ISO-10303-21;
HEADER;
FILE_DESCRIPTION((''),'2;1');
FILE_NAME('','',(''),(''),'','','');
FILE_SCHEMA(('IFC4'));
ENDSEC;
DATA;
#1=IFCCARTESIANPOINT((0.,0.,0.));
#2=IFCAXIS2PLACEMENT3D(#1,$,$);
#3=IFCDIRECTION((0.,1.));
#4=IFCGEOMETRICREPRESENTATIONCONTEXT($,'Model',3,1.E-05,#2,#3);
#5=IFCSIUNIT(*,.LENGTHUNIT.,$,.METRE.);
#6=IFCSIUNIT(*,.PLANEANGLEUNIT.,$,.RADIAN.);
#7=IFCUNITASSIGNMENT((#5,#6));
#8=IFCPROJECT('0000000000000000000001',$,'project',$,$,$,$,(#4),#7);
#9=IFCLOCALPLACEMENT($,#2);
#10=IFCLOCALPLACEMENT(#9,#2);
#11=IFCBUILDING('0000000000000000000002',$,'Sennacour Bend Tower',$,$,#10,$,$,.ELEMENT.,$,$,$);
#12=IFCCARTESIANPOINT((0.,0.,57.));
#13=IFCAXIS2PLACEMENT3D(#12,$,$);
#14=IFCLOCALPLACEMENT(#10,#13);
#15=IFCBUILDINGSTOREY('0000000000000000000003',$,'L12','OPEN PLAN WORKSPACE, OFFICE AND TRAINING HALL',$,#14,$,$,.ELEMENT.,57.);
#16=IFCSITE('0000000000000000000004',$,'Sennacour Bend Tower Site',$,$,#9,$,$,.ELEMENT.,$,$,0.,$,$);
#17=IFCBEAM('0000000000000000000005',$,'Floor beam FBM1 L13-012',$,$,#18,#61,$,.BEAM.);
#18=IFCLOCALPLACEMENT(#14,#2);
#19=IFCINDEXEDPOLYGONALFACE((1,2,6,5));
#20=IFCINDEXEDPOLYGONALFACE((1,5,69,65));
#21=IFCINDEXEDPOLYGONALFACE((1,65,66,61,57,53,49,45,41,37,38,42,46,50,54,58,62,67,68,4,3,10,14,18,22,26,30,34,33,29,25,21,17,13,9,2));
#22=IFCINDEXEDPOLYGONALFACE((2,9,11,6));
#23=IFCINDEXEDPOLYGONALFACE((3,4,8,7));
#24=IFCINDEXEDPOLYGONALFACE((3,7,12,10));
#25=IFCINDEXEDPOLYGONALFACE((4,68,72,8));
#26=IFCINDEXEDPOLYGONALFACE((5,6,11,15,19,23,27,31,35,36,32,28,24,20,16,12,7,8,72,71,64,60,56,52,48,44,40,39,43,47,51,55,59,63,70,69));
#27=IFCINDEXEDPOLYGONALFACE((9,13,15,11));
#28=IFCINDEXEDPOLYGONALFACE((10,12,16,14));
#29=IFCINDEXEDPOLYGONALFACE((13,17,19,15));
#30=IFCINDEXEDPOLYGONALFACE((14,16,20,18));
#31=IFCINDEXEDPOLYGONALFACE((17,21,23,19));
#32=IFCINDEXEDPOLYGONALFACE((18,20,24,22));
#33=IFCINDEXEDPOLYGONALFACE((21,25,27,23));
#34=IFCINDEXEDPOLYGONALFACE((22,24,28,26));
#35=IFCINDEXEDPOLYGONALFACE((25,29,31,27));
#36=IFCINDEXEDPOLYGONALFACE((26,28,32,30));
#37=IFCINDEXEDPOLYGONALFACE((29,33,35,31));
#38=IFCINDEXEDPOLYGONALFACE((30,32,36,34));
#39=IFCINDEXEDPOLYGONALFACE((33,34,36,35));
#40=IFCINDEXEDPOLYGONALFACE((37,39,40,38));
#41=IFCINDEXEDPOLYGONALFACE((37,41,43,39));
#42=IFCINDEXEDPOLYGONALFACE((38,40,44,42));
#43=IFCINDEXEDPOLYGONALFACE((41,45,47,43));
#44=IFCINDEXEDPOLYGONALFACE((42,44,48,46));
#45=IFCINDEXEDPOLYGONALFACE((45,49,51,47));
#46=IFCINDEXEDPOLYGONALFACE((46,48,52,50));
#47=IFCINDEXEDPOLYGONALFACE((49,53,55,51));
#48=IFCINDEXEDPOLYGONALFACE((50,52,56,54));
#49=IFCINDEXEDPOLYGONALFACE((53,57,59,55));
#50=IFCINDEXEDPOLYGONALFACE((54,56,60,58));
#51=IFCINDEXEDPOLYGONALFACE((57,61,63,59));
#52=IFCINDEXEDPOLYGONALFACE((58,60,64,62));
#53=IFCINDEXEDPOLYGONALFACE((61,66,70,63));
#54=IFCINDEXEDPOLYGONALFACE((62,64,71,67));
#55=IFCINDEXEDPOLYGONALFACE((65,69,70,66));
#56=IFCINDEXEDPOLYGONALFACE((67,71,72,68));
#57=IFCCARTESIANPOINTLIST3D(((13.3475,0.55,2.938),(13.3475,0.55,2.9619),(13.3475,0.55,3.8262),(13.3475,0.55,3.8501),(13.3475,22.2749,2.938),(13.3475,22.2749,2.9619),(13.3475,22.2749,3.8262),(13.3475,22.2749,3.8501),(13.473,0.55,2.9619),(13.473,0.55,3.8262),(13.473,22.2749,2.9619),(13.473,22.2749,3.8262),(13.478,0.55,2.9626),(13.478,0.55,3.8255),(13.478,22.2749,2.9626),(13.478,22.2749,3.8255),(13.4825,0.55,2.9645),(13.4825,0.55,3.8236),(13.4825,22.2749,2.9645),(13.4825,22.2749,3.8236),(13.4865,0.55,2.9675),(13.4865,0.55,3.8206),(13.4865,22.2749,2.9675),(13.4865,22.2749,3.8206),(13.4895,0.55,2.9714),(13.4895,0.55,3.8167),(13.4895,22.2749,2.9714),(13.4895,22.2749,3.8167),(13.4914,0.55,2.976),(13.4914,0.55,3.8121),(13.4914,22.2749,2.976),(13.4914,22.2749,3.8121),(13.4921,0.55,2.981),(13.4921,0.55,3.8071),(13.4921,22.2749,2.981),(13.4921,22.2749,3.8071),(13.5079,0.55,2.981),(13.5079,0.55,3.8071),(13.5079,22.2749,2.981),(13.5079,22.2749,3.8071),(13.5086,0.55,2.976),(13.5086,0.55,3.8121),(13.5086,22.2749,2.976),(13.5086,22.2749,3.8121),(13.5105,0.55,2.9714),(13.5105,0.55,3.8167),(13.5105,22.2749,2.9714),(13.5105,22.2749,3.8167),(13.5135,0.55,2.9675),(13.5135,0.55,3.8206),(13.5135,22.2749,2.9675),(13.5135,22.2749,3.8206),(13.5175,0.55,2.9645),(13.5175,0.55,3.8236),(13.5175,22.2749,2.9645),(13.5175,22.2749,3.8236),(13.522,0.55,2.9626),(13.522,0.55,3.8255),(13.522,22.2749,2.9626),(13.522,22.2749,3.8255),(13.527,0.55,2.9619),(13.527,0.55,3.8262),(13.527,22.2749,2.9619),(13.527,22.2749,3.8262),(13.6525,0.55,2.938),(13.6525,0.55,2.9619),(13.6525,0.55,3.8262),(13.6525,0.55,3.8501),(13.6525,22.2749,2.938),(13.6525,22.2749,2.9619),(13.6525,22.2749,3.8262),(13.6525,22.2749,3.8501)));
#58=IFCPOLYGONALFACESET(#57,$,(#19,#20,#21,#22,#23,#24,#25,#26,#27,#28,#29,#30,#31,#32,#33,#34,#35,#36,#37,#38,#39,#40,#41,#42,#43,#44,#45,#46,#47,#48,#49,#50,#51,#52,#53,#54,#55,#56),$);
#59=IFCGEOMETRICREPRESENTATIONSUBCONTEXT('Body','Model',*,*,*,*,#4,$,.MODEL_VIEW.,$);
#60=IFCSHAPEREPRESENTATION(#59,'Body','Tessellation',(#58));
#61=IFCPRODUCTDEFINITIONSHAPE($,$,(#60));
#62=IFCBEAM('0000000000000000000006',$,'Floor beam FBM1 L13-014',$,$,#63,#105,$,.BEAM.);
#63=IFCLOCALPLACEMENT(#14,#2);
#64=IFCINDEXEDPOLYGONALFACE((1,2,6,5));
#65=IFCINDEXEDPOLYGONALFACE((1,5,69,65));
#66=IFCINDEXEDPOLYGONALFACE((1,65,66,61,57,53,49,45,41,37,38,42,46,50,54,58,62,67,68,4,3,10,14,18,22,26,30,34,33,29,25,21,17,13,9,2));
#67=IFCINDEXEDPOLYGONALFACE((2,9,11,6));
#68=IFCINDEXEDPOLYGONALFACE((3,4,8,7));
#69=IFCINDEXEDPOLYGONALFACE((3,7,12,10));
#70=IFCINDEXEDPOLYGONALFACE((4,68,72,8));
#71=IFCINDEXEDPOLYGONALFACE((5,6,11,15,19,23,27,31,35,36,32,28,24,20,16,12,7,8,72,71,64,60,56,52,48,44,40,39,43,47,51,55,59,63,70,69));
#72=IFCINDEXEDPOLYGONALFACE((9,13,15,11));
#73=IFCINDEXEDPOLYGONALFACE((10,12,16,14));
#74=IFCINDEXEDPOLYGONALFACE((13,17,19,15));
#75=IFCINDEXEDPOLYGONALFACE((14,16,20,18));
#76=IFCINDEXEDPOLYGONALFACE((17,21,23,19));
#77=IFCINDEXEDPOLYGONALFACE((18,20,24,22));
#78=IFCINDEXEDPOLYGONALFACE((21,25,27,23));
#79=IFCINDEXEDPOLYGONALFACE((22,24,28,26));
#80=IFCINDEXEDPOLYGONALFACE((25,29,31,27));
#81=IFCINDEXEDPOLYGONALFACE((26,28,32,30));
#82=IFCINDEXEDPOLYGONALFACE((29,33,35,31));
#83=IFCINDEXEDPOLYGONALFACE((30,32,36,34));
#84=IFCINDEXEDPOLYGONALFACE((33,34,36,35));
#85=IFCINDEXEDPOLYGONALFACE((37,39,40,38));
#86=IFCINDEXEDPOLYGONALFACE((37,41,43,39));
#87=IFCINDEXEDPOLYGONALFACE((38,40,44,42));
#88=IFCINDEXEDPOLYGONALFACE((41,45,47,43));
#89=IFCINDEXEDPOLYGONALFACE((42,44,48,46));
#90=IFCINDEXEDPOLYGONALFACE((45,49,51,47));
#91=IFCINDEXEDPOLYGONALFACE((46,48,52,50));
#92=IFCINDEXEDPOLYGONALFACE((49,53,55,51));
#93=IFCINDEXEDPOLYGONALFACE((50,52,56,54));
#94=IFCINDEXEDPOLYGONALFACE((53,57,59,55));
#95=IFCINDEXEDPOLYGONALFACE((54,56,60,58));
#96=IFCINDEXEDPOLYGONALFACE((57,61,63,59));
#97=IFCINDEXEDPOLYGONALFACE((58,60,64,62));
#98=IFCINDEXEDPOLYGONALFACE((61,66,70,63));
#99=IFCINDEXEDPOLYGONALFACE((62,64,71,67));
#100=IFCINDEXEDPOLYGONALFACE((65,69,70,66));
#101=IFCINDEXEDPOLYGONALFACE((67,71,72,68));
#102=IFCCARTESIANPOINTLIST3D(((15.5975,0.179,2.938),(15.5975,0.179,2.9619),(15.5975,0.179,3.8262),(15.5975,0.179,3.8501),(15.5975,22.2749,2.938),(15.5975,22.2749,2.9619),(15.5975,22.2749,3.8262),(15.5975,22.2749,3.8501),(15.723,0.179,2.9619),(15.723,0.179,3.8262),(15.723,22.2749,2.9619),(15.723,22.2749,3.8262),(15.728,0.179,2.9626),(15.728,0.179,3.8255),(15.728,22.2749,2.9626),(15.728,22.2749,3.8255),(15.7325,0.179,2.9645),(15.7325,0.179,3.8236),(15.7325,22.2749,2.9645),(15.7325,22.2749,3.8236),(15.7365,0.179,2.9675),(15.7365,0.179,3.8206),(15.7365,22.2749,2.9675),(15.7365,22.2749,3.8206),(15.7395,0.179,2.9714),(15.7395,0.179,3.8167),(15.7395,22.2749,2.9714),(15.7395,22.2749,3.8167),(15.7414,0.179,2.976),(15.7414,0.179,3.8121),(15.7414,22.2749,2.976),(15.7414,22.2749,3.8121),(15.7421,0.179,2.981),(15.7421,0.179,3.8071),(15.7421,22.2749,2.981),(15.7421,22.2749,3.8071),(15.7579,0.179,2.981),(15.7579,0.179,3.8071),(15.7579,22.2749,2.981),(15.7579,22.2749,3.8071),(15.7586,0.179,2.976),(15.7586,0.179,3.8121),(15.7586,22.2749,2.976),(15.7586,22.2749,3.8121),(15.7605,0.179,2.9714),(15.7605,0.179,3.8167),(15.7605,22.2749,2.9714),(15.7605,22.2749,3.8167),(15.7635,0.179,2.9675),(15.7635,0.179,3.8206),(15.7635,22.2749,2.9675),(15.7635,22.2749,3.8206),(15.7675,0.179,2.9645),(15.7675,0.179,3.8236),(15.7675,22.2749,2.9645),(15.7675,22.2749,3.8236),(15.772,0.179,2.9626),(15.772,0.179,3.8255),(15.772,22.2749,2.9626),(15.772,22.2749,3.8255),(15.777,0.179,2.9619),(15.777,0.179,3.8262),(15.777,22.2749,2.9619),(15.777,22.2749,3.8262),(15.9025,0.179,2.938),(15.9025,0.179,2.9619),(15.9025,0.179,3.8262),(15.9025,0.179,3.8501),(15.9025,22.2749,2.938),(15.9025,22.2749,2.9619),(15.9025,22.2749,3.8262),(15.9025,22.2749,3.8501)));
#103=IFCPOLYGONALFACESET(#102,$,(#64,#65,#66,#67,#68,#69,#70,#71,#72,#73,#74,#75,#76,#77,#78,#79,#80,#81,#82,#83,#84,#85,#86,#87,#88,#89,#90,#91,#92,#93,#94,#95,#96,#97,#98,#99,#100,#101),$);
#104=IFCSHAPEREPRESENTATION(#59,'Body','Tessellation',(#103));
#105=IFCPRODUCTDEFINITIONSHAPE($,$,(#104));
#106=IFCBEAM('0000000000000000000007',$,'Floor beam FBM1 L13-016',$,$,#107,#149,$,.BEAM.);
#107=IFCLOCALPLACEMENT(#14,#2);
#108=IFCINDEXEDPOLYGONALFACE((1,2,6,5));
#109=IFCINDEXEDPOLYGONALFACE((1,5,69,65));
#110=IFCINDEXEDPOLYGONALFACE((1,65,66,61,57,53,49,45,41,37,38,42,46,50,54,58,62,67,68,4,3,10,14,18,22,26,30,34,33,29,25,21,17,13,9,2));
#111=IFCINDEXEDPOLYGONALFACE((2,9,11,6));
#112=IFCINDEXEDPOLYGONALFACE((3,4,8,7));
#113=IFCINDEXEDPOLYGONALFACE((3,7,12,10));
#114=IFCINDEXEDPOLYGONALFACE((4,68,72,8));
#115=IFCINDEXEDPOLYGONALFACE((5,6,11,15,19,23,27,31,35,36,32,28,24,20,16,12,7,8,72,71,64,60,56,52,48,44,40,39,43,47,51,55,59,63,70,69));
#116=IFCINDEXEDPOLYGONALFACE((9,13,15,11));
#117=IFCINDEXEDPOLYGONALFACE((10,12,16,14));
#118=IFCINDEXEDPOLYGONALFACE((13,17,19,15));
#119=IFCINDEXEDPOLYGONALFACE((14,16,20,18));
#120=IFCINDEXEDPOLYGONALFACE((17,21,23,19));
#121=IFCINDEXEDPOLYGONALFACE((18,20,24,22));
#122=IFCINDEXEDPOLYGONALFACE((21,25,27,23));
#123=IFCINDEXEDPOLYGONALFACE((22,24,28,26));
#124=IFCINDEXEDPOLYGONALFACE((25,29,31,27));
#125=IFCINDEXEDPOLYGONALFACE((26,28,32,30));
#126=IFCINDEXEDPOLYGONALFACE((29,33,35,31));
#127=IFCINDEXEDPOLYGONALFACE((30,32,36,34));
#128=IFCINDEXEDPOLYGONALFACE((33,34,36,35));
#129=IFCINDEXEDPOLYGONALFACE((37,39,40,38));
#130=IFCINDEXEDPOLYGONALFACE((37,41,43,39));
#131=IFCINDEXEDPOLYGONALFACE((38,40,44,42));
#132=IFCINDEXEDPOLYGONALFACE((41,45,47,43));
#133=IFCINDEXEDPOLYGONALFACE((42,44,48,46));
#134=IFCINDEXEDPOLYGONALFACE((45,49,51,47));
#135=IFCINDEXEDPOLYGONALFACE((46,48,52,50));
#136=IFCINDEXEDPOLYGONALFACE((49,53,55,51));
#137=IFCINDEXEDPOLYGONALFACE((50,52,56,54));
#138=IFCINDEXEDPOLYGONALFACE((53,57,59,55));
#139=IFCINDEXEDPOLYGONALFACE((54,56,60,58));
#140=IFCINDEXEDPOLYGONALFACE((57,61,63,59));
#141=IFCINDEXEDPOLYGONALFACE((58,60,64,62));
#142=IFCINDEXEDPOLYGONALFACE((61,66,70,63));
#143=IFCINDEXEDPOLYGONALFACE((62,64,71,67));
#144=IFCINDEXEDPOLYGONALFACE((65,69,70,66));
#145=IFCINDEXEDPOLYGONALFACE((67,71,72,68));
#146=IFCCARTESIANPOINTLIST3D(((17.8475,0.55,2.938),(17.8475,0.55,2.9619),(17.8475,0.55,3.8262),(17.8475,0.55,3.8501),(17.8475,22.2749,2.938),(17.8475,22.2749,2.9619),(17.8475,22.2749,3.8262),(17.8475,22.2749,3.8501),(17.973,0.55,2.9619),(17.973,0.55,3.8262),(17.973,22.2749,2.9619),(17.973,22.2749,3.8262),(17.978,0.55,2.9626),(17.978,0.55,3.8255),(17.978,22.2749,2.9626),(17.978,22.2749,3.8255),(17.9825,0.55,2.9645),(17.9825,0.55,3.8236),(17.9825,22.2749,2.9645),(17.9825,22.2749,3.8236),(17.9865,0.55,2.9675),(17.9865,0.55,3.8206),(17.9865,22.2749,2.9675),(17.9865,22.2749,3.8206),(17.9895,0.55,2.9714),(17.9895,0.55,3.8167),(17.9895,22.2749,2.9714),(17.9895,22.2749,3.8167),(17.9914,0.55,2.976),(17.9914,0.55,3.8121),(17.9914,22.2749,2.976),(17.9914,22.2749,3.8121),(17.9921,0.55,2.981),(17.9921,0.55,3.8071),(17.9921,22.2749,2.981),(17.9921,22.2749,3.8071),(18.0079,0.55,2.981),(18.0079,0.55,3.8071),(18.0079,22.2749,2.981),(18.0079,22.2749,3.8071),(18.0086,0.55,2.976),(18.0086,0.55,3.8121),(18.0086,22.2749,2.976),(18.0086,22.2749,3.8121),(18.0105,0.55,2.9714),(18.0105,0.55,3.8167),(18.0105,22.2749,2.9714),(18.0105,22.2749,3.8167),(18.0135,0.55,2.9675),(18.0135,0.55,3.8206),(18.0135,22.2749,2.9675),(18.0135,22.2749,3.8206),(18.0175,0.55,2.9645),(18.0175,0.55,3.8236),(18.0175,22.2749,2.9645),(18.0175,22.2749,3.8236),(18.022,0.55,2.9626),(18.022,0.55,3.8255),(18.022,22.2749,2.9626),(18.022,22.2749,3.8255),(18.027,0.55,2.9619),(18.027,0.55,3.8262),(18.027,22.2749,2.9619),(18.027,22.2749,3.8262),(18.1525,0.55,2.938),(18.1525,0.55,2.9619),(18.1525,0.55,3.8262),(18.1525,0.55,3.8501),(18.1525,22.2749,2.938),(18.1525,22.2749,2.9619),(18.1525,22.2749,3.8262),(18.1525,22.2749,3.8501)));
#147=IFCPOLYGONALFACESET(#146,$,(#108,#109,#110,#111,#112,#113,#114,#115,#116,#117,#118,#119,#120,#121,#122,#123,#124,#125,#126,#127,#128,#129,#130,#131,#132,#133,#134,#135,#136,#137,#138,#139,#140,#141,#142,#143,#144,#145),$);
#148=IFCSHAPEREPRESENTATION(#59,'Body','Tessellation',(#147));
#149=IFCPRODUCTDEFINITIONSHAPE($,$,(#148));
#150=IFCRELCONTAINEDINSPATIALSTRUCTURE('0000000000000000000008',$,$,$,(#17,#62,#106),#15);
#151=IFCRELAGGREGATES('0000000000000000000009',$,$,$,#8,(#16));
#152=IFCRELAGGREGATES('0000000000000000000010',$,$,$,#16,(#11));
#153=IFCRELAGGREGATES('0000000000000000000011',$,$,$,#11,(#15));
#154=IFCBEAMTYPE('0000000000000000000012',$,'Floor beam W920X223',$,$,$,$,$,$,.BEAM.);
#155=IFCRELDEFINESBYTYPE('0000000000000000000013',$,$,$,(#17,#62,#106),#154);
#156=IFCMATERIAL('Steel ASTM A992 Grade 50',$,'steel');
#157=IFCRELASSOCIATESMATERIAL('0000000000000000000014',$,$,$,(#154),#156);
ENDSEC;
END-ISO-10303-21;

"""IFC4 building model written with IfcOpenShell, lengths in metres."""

from ifc_helpers import new_model, si_unit, direction, frame, origin, origin_2d, place, context, subcontext, project, spatial, i_section, extrude, material, material_profile, profile_set, type_object, element, save


model = new_model("IFC4")

# Units and contexts
model_context = context("Model", 3, precision=1e-05, world=origin(), true_north=direction((0.0, 1.0)))
body_context = subcontext(model_context, "Body", "Model", "MODEL_VIEW")
ifc_project = project(units=[si_unit("LENGTHUNIT", "METRE"), si_unit("PLANEANGLEUNIT", "RADIAN")], contexts=[model_context])

# Site, building, storey
site_placement = place(None, origin())
site = spatial("IfcSite", under=ifc_project, at=site_placement, Name="Sennacour Bend Tower Site", CompositionType="ELEMENT", RefElevation=0.0)
building_placement = place(site_placement, origin())
building = spatial("IfcBuilding", under=site, at=building_placement, Name="Sennacour Bend Tower", CompositionType="ELEMENT")
storey_placement = place(building_placement, frame((0.0, 0.0, 57.0)))
storey = spatial("IfcBuildingStorey", under=building, at=storey_placement, Name="L12", Description="OPEN PLAN WORKSPACE, OFFICE AND TRAINING HALL", CompositionType="ELEMENT", Elevation=57.0)

# Beams
ifc_material_1 = material(Name="Steel ASTM A992 Grade 50", Category="steel")
ifc_material_profile = material_profile(ifc_material_1, i_section(OverallWidth=0.3049, OverallDepth=0.9121, WebThickness=0.0159, FlangeThickness=0.0239, FilletRadius=0.019, at=origin_2d()), Name="Steel ASTM A992 Grade 50", Category="steel")
ifc_profile_set = profile_set([ifc_material_profile], Name="Steel ASTM A992 Grade 50")
beam_type = type_object("IfcBeamType", Name="Floor beam W920X223", PredefinedType="BEAM", material=ifc_profile_set)
beam_1_placement = place(storey_placement, frame((13.5, 0.55, 3.394), z_axis=(0.0, 1.0, 0.0), x_axis=(-1.0, 0.0, 0.0)))
element("IfcBeam", 1, at=beam_1_placement, inside=storey, type_object=beam_type, Name="Floor beam FBM1 L13-012", PredefinedType="BEAM", context=body_context, shape_type="SweptSolid", body=[
    extrude(i_section(OverallWidth=0.3049, OverallDepth=0.9121, WebThickness=0.0159, FlangeThickness=0.0239, FilletRadius=0.019, at=origin_2d()), origin(), (0.0, 0.0, 1.0), 21.7249),
])
beam_2_placement = place(storey_placement, frame((15.75, 0.179, 3.394), z_axis=(0.0, 1.0, 0.0), x_axis=(-1.0, 0.0, 0.0)))
element("IfcBeam", 2, at=beam_2_placement, inside=storey, type_object=beam_type, Name="Floor beam FBM1 L13-014", PredefinedType="BEAM", context=body_context, shape_type="SweptSolid", body=[
    extrude(i_section(OverallWidth=0.3049, OverallDepth=0.9121, WebThickness=0.0159, FlangeThickness=0.0239, FilletRadius=0.019, at=origin_2d()), origin(), (0.0, 0.0, 1.0), 22.0959),
])
beam_3_placement = place(storey_placement, frame((18.0, 0.55, 3.394), z_axis=(0.0, 1.0, 0.0), x_axis=(-1.0, 0.0, 0.0)))
element("IfcBeam", 3, at=beam_3_placement, inside=storey, type_object=beam_type, Name="Floor beam FBM1 L13-016", PredefinedType="BEAM", context=body_context, shape_type="SweptSolid", body=[
    extrude(i_section(OverallWidth=0.3049, OverallDepth=0.9121, WebThickness=0.0159, FlangeThickness=0.0239, FilletRadius=0.019, at=origin_2d()), origin(), (0.0, 0.0, 1.0), 21.7249),
])

save(model, "model.ifc")
